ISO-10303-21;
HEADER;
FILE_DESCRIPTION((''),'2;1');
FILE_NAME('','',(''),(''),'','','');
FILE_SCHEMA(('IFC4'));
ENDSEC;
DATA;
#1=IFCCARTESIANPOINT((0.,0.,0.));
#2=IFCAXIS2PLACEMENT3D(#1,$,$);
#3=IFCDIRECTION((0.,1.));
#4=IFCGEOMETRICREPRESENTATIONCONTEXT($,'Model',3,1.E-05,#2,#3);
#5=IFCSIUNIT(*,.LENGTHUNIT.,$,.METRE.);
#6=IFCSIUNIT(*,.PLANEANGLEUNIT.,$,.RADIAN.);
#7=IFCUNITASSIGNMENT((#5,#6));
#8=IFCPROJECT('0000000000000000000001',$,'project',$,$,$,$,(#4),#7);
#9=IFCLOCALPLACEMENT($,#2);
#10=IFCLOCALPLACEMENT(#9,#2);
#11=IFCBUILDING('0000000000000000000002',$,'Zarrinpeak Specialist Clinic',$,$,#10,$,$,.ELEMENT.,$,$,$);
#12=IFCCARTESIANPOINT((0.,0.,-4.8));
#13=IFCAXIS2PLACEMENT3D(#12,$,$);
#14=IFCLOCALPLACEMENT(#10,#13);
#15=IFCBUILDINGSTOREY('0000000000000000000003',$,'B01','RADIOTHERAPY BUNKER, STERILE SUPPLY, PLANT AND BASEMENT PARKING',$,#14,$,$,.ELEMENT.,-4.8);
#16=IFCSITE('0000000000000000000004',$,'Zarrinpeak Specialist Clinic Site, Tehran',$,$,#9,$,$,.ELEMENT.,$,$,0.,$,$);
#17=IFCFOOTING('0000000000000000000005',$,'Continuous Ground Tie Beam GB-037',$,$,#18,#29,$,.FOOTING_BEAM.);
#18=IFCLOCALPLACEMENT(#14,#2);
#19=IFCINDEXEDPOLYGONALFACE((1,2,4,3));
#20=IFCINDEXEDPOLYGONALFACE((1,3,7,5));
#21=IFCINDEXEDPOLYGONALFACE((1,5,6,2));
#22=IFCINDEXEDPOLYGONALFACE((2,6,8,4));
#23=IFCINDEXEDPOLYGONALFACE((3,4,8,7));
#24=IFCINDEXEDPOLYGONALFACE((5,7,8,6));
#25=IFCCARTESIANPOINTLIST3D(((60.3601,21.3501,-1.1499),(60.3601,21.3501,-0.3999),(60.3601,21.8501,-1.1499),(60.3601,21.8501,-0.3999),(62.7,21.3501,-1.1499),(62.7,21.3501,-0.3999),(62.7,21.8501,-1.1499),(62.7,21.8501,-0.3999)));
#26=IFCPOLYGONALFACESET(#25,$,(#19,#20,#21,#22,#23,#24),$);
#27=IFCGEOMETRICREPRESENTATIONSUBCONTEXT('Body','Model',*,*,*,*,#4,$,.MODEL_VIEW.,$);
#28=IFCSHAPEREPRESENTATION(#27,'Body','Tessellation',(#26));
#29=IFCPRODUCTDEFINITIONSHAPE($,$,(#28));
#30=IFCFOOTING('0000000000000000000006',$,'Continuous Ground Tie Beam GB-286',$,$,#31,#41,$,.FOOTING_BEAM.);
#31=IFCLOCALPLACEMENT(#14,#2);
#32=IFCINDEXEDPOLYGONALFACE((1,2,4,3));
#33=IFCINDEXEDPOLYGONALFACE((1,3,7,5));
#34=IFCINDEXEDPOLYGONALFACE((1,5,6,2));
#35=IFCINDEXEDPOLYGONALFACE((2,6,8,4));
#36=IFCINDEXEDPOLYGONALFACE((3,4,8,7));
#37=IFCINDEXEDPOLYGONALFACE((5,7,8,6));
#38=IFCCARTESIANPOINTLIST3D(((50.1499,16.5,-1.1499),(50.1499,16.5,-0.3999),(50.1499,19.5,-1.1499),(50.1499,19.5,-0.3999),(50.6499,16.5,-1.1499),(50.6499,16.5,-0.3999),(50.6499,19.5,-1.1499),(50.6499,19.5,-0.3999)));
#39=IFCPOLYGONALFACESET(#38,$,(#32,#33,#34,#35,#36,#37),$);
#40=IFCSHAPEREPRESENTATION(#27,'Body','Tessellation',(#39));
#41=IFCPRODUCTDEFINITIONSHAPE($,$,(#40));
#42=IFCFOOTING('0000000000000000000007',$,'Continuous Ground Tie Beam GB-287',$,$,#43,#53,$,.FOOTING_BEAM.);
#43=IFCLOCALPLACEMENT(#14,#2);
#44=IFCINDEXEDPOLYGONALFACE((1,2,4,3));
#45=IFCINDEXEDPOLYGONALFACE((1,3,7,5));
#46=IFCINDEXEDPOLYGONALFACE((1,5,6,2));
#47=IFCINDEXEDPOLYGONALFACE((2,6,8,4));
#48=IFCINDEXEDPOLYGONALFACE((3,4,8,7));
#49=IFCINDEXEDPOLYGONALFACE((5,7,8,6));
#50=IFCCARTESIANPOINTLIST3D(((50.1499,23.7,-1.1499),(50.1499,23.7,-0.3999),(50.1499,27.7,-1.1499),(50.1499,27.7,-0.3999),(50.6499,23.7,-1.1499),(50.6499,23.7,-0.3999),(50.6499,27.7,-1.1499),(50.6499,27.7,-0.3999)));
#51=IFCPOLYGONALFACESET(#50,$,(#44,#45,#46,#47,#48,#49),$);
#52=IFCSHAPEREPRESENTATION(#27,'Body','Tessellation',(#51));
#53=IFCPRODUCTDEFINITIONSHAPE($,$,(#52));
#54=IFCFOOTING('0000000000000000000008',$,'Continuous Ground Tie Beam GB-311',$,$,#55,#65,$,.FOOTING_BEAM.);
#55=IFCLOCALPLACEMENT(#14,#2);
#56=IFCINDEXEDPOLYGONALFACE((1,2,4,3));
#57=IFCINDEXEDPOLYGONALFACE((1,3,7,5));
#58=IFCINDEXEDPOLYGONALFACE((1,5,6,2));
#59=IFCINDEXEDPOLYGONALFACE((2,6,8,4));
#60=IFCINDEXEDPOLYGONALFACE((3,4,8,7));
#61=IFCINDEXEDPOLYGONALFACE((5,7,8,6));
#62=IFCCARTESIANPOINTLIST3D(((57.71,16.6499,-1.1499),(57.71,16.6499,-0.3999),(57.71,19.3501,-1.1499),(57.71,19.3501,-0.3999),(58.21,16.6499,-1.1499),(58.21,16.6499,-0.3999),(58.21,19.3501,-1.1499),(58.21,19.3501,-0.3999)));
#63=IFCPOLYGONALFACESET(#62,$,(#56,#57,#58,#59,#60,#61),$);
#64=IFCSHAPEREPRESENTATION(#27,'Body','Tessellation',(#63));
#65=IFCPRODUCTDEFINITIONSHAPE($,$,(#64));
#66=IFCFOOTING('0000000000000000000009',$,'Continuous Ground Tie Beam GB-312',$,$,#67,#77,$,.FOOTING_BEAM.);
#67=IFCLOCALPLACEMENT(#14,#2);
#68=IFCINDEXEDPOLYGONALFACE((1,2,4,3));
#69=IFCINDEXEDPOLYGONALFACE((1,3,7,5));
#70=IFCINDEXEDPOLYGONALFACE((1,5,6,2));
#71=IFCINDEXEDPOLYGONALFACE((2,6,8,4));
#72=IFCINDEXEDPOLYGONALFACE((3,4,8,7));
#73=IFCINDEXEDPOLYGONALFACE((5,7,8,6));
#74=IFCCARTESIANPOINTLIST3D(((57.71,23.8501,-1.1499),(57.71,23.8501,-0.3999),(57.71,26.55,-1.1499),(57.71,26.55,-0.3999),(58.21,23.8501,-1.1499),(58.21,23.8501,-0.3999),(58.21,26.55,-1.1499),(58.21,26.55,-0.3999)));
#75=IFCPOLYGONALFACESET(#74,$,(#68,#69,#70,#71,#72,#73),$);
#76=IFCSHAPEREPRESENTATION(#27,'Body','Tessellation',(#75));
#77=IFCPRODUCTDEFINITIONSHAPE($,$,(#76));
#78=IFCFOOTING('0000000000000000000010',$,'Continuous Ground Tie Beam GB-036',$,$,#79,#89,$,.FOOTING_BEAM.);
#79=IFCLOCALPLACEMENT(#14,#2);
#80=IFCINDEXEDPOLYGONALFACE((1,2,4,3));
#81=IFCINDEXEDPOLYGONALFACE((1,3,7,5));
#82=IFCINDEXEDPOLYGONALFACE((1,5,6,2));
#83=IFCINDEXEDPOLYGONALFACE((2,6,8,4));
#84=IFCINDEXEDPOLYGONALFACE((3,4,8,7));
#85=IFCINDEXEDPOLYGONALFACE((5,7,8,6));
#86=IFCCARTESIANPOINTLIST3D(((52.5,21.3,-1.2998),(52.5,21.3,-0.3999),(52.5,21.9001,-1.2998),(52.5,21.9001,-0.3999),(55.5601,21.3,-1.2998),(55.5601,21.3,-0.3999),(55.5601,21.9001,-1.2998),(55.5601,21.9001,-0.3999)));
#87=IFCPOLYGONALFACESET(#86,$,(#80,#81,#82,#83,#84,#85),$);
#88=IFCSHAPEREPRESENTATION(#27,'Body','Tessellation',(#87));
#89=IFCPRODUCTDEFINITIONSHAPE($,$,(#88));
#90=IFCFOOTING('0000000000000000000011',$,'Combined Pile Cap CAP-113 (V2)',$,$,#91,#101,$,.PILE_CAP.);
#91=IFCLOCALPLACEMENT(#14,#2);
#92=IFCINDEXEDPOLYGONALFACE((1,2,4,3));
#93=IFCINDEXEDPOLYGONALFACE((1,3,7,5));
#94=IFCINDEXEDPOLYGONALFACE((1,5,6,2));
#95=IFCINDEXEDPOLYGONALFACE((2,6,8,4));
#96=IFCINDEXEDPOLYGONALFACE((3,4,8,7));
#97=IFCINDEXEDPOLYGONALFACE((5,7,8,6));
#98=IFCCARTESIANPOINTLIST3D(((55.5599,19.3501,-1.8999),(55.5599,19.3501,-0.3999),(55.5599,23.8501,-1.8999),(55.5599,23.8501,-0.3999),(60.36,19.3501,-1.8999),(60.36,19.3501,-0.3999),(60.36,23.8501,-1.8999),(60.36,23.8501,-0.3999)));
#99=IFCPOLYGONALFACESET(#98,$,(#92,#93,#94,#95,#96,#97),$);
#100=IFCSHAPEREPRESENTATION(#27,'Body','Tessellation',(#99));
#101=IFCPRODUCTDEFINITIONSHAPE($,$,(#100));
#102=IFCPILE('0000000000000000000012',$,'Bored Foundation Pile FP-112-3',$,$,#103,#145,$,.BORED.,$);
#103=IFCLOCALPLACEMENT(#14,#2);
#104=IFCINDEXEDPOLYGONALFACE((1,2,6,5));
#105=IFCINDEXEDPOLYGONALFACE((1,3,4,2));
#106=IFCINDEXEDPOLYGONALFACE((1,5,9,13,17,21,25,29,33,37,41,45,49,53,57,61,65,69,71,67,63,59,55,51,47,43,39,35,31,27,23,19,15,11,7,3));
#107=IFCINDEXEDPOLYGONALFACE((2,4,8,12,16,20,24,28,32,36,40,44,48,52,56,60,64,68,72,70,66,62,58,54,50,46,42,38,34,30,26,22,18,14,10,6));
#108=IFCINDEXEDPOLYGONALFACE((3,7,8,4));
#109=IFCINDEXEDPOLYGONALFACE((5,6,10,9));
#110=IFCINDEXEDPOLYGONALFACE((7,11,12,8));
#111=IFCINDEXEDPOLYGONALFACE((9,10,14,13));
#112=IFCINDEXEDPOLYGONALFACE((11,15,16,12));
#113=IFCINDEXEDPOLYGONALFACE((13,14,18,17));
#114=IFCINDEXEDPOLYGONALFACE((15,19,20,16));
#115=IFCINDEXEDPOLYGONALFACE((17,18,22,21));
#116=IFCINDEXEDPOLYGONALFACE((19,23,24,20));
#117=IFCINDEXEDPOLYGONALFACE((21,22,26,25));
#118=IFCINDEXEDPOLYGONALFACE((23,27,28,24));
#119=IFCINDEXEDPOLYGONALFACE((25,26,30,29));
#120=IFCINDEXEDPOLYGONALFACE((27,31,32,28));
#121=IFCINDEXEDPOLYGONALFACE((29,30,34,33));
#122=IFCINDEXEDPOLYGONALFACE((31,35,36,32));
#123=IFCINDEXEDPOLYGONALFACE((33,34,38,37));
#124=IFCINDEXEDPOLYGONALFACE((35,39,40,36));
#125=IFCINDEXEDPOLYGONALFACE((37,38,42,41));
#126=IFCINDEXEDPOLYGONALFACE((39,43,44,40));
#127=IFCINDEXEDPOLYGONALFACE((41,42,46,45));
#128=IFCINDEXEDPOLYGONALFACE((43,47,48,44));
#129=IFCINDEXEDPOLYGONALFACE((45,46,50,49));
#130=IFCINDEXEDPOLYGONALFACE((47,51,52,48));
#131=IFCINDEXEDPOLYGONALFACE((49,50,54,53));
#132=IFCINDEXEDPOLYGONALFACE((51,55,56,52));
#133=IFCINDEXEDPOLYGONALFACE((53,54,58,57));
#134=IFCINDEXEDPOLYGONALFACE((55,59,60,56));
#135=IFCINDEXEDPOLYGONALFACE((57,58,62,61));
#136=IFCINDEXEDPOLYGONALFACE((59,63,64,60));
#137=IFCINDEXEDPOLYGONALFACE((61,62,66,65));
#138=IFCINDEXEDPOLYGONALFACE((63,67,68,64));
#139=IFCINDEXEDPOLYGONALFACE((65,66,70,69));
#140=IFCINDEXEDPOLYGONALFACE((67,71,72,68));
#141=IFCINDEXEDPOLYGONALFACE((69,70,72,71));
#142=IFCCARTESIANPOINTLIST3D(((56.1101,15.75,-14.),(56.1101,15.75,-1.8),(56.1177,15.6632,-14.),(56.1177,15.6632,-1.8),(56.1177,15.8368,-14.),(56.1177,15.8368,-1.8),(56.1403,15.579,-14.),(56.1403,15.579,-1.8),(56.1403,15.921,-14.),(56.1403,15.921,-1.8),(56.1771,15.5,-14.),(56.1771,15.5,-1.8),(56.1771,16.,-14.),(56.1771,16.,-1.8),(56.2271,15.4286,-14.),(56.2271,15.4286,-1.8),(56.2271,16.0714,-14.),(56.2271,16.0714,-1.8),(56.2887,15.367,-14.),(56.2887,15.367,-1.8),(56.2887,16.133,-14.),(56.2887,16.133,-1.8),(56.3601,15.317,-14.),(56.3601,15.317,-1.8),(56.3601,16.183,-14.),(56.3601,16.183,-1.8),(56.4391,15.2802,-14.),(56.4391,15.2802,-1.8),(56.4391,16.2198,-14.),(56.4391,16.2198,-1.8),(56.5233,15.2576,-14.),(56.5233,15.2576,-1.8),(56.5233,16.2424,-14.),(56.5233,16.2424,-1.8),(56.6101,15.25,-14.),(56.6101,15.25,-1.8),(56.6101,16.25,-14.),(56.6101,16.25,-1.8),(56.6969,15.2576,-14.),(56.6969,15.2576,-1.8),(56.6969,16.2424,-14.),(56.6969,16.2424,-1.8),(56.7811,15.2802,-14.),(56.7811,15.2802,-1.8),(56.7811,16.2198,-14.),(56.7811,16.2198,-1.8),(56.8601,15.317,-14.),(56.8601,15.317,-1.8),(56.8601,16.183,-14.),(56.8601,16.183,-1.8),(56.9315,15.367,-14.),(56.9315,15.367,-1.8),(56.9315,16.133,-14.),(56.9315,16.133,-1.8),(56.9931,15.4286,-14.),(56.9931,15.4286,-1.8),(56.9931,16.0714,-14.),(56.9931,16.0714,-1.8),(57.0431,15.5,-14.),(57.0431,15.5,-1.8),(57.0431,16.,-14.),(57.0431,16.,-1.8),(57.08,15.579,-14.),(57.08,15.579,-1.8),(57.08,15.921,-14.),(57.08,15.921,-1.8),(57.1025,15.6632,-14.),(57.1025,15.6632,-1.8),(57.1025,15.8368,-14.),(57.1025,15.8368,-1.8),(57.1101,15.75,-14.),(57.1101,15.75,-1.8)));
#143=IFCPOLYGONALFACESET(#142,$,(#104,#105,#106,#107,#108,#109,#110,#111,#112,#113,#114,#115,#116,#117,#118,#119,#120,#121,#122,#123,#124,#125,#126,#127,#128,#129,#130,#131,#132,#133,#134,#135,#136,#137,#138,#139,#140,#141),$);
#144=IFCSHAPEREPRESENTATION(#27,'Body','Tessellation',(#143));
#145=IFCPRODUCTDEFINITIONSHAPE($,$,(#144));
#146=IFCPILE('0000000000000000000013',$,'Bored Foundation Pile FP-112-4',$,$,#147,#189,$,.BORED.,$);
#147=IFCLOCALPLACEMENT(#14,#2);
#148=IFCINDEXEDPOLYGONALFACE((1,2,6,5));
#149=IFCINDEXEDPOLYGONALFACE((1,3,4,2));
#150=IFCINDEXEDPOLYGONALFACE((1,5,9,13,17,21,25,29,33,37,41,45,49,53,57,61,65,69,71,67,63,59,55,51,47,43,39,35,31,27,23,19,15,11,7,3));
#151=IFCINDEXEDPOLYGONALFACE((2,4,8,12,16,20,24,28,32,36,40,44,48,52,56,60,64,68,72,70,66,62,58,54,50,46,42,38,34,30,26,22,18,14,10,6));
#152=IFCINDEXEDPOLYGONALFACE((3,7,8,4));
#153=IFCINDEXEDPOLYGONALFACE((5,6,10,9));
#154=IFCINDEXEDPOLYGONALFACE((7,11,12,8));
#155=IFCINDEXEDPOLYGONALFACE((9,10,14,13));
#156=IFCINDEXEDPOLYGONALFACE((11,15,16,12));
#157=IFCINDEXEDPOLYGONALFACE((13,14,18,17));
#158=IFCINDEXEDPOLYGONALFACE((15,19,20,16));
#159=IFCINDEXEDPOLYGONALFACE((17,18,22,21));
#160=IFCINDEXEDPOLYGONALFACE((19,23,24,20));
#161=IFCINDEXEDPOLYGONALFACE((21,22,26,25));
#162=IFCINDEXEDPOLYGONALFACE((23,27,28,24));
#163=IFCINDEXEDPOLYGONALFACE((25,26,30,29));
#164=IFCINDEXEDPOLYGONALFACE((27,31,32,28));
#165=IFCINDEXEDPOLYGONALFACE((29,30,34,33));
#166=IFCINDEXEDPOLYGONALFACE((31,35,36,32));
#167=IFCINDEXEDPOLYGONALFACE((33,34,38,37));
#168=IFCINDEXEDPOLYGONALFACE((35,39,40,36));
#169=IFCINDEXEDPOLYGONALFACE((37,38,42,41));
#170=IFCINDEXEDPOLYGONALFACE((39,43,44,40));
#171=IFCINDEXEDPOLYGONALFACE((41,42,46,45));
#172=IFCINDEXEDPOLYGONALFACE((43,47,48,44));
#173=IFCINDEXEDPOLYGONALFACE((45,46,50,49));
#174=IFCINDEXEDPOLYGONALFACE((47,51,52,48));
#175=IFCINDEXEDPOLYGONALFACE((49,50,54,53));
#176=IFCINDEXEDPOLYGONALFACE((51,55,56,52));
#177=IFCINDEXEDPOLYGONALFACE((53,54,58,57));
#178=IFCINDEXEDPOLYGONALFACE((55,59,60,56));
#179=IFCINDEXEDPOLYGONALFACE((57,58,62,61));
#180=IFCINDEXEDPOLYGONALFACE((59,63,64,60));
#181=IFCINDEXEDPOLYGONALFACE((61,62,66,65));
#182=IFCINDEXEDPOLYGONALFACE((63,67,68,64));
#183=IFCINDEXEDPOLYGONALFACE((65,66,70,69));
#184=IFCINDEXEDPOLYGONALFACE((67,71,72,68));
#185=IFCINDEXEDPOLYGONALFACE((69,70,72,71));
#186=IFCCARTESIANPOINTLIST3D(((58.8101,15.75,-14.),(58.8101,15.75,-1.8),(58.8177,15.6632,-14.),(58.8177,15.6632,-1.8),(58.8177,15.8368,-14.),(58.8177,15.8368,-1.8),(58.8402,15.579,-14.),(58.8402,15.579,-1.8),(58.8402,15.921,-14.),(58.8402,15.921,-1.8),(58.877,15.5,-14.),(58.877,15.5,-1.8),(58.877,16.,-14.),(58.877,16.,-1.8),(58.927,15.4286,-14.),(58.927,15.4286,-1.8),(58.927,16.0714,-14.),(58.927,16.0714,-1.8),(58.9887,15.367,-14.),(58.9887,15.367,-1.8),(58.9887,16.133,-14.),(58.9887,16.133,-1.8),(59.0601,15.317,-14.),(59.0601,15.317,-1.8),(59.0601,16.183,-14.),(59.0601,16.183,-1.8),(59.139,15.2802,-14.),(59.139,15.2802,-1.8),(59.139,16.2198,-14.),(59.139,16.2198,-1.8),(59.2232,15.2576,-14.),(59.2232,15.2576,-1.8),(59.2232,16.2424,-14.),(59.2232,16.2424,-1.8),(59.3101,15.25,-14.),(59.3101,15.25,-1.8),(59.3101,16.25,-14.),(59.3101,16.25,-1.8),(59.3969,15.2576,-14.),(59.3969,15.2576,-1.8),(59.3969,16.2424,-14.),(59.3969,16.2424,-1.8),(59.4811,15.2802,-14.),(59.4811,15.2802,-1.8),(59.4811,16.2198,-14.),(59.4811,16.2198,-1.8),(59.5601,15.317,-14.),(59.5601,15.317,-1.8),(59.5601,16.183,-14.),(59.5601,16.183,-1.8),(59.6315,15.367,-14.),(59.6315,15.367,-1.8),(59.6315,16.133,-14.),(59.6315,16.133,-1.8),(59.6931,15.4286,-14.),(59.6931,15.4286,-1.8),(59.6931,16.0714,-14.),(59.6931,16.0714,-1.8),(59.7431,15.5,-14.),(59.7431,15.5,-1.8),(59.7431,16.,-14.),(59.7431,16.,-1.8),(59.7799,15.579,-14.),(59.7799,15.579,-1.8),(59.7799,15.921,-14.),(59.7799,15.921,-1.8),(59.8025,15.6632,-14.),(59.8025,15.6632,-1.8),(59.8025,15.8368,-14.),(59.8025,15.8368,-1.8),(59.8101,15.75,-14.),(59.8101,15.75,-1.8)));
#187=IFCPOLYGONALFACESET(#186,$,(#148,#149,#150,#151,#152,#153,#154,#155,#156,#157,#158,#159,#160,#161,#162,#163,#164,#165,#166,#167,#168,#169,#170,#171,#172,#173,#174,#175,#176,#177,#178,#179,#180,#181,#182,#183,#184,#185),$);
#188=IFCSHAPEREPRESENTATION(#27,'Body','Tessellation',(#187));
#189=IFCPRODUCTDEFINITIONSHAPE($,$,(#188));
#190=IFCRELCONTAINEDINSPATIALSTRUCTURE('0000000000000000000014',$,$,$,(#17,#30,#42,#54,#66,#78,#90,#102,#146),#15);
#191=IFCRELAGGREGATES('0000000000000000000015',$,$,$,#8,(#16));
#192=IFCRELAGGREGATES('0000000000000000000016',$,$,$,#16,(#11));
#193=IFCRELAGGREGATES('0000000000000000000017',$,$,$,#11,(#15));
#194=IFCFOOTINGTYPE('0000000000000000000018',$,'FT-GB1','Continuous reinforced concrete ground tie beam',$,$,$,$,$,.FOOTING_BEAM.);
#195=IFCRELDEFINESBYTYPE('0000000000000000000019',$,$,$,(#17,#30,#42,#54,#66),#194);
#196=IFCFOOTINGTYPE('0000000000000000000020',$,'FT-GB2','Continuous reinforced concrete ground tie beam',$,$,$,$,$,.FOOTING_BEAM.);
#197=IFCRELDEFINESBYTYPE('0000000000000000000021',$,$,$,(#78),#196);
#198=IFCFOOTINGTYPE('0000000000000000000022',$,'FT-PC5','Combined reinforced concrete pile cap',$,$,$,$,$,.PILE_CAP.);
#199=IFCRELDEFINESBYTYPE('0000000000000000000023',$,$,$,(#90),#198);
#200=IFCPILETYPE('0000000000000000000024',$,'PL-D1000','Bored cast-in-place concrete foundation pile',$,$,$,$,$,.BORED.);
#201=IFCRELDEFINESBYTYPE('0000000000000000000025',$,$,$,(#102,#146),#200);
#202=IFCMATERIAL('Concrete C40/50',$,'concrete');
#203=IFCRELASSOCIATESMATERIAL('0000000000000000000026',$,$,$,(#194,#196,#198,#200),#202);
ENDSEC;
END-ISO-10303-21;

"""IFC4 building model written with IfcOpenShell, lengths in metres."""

from ifc_helpers import new_model, si_unit, direction, frame, origin, origin_2d, place, context, subcontext, project, spatial, rectangle, circle, extrude, material, material_profile, profile_set, type_object, element, save


model = new_model("IFC4")

# Units and contexts
model_context = context("Model", 3, precision=1e-05, world=origin(), true_north=direction((0.0, 1.0)))
body_context = subcontext(model_context, "Body", "Model", "MODEL_VIEW")
ifc_project = project(units=[si_unit("LENGTHUNIT", "METRE"), si_unit("PLANEANGLEUNIT", "RADIAN")], contexts=[model_context])

# Site, building, storey
site_placement = place(None, origin())
site = spatial("IfcSite", under=ifc_project, at=site_placement, Name="Zarrinpeak Specialist Clinic Site, Tehran", CompositionType="ELEMENT", RefElevation=0.0)
building_placement = place(site_placement, origin())
building = spatial("IfcBuilding", under=site, at=building_placement, Name="Zarrinpeak Specialist Clinic", CompositionType="ELEMENT")
storey_placement = place(building_placement, frame((0.0, 0.0, -4.8)))
storey = spatial("IfcBuildingStorey", under=building, at=storey_placement, Name="B01", Description="RADIOTHERAPY BUNKER, STERILE SUPPLY, PLANT AND BASEMENT PARKING", CompositionType="ELEMENT", Elevation=-4.8)

# Footings
ifc_material_1 = material(Name="Concrete C40/50", Category="concrete")
ifc_material_profile_1 = material_profile(ifc_material_1, rectangle(XDim=0.5, YDim=0.75, at=origin_2d()), Name="RC 500x750")
ifc_profile_set_1 = profile_set([ifc_material_profile_1], Name="Concrete C40/50")
footing_type_1 = type_object("IfcFootingType", Name="FT-GB1", Description="Continuous reinforced concrete ground tie beam", PredefinedType="FOOTING_BEAM", material=ifc_profile_set_1)
footing_1_placement = place(storey_placement, frame((60.3601, 21.6001, -0.7749), z_axis=(1.0, 0.0, 0.0), x_axis=(0.0, 1.0, 0.0)))
element("IfcFooting", 1, at=footing_1_placement, inside=storey, type_object=footing_type_1, Name="Continuous Ground Tie Beam GB-037", PredefinedType="FOOTING_BEAM", context=body_context, shape_type="SweptSolid", body=[
    extrude(rectangle(XDim=0.5, YDim=0.75, at=origin_2d()), origin(), (0.0, 0.0, 1.0), 2.3398),
])
footing_2_placement = place(storey_placement, frame((50.3999, 16.5, -0.7749), z_axis=(0.0, 1.0, 0.0), x_axis=(-1.0, 0.0, 0.0)))
element("IfcFooting", 2, at=footing_2_placement, inside=storey, type_object=footing_type_1, Name="Continuous Ground Tie Beam GB-286", PredefinedType="FOOTING_BEAM", context=body_context, shape_type="SweptSolid", body=[
    extrude(rectangle(XDim=0.5, YDim=0.75, at=origin_2d()), origin(), (0.0, 0.0, 1.0), 3.0),
])
footing_3_placement = place(storey_placement, frame((50.3999, 23.7, -0.7749), z_axis=(0.0, 1.0, 0.0), x_axis=(-1.0, 0.0, 0.0)))
element("IfcFooting", 3, at=footing_3_placement, inside=storey, type_object=footing_type_1, Name="Continuous Ground Tie Beam GB-287", PredefinedType="FOOTING_BEAM", context=body_context, shape_type="SweptSolid", body=[
    extrude(rectangle(XDim=0.5, YDim=0.75, at=origin_2d()), origin(), (0.0, 0.0, 1.0), 4.0),
])
footing_4_placement = place(storey_placement, frame((57.96, 16.6499, -0.7749), z_axis=(0.0, 1.0, 0.0), x_axis=(-1.0, 0.0, 0.0)))
element("IfcFooting", 4, at=footing_4_placement, inside=storey, type_object=footing_type_1, Name="Continuous Ground Tie Beam GB-311", PredefinedType="FOOTING_BEAM", context=body_context, shape_type="SweptSolid", body=[
    extrude(rectangle(XDim=0.5, YDim=0.75, at=origin_2d()), origin(), (0.0, 0.0, 1.0), 2.7002),
])
footing_5_placement = place(storey_placement, frame((57.96, 23.8501, -0.7749), z_axis=(0.0, 1.0, 0.0), x_axis=(-1.0, 0.0, 0.0)))
element("IfcFooting", 5, at=footing_5_placement, inside=storey, type_object=footing_type_1, Name="Continuous Ground Tie Beam GB-312", PredefinedType="FOOTING_BEAM", context=body_context, shape_type="SweptSolid", body=[
    extrude(rectangle(XDim=0.5, YDim=0.75, at=origin_2d()), origin(), (0.0, 0.0, 1.0), 2.7),
])
ifc_material_profile_2 = material_profile(ifc_material_1, rectangle(XDim=0.6001, YDim=0.8999, at=origin_2d()), Name="RC 600x900")
ifc_profile_set_2 = profile_set([ifc_material_profile_2], Name="Concrete C40/50")
footing_type_2 = type_object("IfcFootingType", Name="FT-GB2", Description="Continuous reinforced concrete ground tie beam", PredefinedType="FOOTING_BEAM", material=ifc_profile_set_2)
footing_6_placement = place(storey_placement, frame((52.5, 21.6001, -0.8499), z_axis=(1.0, 0.0, 0.0), x_axis=(0.0, 1.0, 0.0)))
element("IfcFooting", 6, at=footing_6_placement, inside=storey, type_object=footing_type_2, Name="Continuous Ground Tie Beam GB-036", PredefinedType="FOOTING_BEAM", context=body_context, shape_type="SweptSolid", body=[
    extrude(rectangle(XDim=0.6001, YDim=0.8999, at=origin_2d()), origin(), (0.0, 0.0, 1.0), 3.0601),
])
footing_type_3 = type_object("IfcFootingType", Name="FT-PC5", Description="Combined reinforced concrete pile cap", PredefinedType="PILE_CAP", material=ifc_material_1)
footing_7_placement = place(storey_placement, frame((57.96, 21.6001, -1.8999), z_axis=(0.0, 0.0, 1.0), x_axis=(1.0, 0.0, 0.0)))
element("IfcFooting", 7, at=footing_7_placement, inside=storey, type_object=footing_type_3, Name="Combined Pile Cap CAP-113 (V2)", PredefinedType="PILE_CAP", context=body_context, shape_type="SweptSolid", body=[
    extrude(rectangle(XDim=4.8, YDim=4.5, at=origin_2d()), origin(), (0.0, 0.0, 1.0), 1.5),
])

# Piles
ifc_material_profile_3 = material_profile(ifc_material_1, circle(Radius=0.5, at=origin_2d()), Name="BORED PILE D1000")
ifc_profile_set_3 = profile_set([ifc_material_profile_3], Name="Concrete C40/50")
pile_type_1 = type_object("IfcPileType", Name="PL-D1000", Description="Bored cast-in-place concrete foundation pile", PredefinedType="BORED", material=ifc_profile_set_3)
for number, where, z_axis, x_axis, name in (
    (8, (56.6101, 15.75, -1.8), (0.0, 0.0, -1.0), (1.0, 0.0, 0.0), "Bored Foundation Pile FP-112-3"),
    (9, (59.3101, 15.75, -1.8), (0.0, 0.0, -1.0), (1.0, 0.0, 0.0), "Bored Foundation Pile FP-112-4"),
):
    element("IfcPile", number, at=place(storey_placement, frame(where, z_axis=z_axis, x_axis=x_axis)), inside=storey, type_object=pile_type_1, Name=name, PredefinedType="BORED", context=body_context, shape_type="SweptSolid", body=[
        extrude(circle(Radius=0.5, at=origin_2d()), origin(), (0.0, 0.0, 1.0), 12.2),
    ])

save(model, "model.ifc")
